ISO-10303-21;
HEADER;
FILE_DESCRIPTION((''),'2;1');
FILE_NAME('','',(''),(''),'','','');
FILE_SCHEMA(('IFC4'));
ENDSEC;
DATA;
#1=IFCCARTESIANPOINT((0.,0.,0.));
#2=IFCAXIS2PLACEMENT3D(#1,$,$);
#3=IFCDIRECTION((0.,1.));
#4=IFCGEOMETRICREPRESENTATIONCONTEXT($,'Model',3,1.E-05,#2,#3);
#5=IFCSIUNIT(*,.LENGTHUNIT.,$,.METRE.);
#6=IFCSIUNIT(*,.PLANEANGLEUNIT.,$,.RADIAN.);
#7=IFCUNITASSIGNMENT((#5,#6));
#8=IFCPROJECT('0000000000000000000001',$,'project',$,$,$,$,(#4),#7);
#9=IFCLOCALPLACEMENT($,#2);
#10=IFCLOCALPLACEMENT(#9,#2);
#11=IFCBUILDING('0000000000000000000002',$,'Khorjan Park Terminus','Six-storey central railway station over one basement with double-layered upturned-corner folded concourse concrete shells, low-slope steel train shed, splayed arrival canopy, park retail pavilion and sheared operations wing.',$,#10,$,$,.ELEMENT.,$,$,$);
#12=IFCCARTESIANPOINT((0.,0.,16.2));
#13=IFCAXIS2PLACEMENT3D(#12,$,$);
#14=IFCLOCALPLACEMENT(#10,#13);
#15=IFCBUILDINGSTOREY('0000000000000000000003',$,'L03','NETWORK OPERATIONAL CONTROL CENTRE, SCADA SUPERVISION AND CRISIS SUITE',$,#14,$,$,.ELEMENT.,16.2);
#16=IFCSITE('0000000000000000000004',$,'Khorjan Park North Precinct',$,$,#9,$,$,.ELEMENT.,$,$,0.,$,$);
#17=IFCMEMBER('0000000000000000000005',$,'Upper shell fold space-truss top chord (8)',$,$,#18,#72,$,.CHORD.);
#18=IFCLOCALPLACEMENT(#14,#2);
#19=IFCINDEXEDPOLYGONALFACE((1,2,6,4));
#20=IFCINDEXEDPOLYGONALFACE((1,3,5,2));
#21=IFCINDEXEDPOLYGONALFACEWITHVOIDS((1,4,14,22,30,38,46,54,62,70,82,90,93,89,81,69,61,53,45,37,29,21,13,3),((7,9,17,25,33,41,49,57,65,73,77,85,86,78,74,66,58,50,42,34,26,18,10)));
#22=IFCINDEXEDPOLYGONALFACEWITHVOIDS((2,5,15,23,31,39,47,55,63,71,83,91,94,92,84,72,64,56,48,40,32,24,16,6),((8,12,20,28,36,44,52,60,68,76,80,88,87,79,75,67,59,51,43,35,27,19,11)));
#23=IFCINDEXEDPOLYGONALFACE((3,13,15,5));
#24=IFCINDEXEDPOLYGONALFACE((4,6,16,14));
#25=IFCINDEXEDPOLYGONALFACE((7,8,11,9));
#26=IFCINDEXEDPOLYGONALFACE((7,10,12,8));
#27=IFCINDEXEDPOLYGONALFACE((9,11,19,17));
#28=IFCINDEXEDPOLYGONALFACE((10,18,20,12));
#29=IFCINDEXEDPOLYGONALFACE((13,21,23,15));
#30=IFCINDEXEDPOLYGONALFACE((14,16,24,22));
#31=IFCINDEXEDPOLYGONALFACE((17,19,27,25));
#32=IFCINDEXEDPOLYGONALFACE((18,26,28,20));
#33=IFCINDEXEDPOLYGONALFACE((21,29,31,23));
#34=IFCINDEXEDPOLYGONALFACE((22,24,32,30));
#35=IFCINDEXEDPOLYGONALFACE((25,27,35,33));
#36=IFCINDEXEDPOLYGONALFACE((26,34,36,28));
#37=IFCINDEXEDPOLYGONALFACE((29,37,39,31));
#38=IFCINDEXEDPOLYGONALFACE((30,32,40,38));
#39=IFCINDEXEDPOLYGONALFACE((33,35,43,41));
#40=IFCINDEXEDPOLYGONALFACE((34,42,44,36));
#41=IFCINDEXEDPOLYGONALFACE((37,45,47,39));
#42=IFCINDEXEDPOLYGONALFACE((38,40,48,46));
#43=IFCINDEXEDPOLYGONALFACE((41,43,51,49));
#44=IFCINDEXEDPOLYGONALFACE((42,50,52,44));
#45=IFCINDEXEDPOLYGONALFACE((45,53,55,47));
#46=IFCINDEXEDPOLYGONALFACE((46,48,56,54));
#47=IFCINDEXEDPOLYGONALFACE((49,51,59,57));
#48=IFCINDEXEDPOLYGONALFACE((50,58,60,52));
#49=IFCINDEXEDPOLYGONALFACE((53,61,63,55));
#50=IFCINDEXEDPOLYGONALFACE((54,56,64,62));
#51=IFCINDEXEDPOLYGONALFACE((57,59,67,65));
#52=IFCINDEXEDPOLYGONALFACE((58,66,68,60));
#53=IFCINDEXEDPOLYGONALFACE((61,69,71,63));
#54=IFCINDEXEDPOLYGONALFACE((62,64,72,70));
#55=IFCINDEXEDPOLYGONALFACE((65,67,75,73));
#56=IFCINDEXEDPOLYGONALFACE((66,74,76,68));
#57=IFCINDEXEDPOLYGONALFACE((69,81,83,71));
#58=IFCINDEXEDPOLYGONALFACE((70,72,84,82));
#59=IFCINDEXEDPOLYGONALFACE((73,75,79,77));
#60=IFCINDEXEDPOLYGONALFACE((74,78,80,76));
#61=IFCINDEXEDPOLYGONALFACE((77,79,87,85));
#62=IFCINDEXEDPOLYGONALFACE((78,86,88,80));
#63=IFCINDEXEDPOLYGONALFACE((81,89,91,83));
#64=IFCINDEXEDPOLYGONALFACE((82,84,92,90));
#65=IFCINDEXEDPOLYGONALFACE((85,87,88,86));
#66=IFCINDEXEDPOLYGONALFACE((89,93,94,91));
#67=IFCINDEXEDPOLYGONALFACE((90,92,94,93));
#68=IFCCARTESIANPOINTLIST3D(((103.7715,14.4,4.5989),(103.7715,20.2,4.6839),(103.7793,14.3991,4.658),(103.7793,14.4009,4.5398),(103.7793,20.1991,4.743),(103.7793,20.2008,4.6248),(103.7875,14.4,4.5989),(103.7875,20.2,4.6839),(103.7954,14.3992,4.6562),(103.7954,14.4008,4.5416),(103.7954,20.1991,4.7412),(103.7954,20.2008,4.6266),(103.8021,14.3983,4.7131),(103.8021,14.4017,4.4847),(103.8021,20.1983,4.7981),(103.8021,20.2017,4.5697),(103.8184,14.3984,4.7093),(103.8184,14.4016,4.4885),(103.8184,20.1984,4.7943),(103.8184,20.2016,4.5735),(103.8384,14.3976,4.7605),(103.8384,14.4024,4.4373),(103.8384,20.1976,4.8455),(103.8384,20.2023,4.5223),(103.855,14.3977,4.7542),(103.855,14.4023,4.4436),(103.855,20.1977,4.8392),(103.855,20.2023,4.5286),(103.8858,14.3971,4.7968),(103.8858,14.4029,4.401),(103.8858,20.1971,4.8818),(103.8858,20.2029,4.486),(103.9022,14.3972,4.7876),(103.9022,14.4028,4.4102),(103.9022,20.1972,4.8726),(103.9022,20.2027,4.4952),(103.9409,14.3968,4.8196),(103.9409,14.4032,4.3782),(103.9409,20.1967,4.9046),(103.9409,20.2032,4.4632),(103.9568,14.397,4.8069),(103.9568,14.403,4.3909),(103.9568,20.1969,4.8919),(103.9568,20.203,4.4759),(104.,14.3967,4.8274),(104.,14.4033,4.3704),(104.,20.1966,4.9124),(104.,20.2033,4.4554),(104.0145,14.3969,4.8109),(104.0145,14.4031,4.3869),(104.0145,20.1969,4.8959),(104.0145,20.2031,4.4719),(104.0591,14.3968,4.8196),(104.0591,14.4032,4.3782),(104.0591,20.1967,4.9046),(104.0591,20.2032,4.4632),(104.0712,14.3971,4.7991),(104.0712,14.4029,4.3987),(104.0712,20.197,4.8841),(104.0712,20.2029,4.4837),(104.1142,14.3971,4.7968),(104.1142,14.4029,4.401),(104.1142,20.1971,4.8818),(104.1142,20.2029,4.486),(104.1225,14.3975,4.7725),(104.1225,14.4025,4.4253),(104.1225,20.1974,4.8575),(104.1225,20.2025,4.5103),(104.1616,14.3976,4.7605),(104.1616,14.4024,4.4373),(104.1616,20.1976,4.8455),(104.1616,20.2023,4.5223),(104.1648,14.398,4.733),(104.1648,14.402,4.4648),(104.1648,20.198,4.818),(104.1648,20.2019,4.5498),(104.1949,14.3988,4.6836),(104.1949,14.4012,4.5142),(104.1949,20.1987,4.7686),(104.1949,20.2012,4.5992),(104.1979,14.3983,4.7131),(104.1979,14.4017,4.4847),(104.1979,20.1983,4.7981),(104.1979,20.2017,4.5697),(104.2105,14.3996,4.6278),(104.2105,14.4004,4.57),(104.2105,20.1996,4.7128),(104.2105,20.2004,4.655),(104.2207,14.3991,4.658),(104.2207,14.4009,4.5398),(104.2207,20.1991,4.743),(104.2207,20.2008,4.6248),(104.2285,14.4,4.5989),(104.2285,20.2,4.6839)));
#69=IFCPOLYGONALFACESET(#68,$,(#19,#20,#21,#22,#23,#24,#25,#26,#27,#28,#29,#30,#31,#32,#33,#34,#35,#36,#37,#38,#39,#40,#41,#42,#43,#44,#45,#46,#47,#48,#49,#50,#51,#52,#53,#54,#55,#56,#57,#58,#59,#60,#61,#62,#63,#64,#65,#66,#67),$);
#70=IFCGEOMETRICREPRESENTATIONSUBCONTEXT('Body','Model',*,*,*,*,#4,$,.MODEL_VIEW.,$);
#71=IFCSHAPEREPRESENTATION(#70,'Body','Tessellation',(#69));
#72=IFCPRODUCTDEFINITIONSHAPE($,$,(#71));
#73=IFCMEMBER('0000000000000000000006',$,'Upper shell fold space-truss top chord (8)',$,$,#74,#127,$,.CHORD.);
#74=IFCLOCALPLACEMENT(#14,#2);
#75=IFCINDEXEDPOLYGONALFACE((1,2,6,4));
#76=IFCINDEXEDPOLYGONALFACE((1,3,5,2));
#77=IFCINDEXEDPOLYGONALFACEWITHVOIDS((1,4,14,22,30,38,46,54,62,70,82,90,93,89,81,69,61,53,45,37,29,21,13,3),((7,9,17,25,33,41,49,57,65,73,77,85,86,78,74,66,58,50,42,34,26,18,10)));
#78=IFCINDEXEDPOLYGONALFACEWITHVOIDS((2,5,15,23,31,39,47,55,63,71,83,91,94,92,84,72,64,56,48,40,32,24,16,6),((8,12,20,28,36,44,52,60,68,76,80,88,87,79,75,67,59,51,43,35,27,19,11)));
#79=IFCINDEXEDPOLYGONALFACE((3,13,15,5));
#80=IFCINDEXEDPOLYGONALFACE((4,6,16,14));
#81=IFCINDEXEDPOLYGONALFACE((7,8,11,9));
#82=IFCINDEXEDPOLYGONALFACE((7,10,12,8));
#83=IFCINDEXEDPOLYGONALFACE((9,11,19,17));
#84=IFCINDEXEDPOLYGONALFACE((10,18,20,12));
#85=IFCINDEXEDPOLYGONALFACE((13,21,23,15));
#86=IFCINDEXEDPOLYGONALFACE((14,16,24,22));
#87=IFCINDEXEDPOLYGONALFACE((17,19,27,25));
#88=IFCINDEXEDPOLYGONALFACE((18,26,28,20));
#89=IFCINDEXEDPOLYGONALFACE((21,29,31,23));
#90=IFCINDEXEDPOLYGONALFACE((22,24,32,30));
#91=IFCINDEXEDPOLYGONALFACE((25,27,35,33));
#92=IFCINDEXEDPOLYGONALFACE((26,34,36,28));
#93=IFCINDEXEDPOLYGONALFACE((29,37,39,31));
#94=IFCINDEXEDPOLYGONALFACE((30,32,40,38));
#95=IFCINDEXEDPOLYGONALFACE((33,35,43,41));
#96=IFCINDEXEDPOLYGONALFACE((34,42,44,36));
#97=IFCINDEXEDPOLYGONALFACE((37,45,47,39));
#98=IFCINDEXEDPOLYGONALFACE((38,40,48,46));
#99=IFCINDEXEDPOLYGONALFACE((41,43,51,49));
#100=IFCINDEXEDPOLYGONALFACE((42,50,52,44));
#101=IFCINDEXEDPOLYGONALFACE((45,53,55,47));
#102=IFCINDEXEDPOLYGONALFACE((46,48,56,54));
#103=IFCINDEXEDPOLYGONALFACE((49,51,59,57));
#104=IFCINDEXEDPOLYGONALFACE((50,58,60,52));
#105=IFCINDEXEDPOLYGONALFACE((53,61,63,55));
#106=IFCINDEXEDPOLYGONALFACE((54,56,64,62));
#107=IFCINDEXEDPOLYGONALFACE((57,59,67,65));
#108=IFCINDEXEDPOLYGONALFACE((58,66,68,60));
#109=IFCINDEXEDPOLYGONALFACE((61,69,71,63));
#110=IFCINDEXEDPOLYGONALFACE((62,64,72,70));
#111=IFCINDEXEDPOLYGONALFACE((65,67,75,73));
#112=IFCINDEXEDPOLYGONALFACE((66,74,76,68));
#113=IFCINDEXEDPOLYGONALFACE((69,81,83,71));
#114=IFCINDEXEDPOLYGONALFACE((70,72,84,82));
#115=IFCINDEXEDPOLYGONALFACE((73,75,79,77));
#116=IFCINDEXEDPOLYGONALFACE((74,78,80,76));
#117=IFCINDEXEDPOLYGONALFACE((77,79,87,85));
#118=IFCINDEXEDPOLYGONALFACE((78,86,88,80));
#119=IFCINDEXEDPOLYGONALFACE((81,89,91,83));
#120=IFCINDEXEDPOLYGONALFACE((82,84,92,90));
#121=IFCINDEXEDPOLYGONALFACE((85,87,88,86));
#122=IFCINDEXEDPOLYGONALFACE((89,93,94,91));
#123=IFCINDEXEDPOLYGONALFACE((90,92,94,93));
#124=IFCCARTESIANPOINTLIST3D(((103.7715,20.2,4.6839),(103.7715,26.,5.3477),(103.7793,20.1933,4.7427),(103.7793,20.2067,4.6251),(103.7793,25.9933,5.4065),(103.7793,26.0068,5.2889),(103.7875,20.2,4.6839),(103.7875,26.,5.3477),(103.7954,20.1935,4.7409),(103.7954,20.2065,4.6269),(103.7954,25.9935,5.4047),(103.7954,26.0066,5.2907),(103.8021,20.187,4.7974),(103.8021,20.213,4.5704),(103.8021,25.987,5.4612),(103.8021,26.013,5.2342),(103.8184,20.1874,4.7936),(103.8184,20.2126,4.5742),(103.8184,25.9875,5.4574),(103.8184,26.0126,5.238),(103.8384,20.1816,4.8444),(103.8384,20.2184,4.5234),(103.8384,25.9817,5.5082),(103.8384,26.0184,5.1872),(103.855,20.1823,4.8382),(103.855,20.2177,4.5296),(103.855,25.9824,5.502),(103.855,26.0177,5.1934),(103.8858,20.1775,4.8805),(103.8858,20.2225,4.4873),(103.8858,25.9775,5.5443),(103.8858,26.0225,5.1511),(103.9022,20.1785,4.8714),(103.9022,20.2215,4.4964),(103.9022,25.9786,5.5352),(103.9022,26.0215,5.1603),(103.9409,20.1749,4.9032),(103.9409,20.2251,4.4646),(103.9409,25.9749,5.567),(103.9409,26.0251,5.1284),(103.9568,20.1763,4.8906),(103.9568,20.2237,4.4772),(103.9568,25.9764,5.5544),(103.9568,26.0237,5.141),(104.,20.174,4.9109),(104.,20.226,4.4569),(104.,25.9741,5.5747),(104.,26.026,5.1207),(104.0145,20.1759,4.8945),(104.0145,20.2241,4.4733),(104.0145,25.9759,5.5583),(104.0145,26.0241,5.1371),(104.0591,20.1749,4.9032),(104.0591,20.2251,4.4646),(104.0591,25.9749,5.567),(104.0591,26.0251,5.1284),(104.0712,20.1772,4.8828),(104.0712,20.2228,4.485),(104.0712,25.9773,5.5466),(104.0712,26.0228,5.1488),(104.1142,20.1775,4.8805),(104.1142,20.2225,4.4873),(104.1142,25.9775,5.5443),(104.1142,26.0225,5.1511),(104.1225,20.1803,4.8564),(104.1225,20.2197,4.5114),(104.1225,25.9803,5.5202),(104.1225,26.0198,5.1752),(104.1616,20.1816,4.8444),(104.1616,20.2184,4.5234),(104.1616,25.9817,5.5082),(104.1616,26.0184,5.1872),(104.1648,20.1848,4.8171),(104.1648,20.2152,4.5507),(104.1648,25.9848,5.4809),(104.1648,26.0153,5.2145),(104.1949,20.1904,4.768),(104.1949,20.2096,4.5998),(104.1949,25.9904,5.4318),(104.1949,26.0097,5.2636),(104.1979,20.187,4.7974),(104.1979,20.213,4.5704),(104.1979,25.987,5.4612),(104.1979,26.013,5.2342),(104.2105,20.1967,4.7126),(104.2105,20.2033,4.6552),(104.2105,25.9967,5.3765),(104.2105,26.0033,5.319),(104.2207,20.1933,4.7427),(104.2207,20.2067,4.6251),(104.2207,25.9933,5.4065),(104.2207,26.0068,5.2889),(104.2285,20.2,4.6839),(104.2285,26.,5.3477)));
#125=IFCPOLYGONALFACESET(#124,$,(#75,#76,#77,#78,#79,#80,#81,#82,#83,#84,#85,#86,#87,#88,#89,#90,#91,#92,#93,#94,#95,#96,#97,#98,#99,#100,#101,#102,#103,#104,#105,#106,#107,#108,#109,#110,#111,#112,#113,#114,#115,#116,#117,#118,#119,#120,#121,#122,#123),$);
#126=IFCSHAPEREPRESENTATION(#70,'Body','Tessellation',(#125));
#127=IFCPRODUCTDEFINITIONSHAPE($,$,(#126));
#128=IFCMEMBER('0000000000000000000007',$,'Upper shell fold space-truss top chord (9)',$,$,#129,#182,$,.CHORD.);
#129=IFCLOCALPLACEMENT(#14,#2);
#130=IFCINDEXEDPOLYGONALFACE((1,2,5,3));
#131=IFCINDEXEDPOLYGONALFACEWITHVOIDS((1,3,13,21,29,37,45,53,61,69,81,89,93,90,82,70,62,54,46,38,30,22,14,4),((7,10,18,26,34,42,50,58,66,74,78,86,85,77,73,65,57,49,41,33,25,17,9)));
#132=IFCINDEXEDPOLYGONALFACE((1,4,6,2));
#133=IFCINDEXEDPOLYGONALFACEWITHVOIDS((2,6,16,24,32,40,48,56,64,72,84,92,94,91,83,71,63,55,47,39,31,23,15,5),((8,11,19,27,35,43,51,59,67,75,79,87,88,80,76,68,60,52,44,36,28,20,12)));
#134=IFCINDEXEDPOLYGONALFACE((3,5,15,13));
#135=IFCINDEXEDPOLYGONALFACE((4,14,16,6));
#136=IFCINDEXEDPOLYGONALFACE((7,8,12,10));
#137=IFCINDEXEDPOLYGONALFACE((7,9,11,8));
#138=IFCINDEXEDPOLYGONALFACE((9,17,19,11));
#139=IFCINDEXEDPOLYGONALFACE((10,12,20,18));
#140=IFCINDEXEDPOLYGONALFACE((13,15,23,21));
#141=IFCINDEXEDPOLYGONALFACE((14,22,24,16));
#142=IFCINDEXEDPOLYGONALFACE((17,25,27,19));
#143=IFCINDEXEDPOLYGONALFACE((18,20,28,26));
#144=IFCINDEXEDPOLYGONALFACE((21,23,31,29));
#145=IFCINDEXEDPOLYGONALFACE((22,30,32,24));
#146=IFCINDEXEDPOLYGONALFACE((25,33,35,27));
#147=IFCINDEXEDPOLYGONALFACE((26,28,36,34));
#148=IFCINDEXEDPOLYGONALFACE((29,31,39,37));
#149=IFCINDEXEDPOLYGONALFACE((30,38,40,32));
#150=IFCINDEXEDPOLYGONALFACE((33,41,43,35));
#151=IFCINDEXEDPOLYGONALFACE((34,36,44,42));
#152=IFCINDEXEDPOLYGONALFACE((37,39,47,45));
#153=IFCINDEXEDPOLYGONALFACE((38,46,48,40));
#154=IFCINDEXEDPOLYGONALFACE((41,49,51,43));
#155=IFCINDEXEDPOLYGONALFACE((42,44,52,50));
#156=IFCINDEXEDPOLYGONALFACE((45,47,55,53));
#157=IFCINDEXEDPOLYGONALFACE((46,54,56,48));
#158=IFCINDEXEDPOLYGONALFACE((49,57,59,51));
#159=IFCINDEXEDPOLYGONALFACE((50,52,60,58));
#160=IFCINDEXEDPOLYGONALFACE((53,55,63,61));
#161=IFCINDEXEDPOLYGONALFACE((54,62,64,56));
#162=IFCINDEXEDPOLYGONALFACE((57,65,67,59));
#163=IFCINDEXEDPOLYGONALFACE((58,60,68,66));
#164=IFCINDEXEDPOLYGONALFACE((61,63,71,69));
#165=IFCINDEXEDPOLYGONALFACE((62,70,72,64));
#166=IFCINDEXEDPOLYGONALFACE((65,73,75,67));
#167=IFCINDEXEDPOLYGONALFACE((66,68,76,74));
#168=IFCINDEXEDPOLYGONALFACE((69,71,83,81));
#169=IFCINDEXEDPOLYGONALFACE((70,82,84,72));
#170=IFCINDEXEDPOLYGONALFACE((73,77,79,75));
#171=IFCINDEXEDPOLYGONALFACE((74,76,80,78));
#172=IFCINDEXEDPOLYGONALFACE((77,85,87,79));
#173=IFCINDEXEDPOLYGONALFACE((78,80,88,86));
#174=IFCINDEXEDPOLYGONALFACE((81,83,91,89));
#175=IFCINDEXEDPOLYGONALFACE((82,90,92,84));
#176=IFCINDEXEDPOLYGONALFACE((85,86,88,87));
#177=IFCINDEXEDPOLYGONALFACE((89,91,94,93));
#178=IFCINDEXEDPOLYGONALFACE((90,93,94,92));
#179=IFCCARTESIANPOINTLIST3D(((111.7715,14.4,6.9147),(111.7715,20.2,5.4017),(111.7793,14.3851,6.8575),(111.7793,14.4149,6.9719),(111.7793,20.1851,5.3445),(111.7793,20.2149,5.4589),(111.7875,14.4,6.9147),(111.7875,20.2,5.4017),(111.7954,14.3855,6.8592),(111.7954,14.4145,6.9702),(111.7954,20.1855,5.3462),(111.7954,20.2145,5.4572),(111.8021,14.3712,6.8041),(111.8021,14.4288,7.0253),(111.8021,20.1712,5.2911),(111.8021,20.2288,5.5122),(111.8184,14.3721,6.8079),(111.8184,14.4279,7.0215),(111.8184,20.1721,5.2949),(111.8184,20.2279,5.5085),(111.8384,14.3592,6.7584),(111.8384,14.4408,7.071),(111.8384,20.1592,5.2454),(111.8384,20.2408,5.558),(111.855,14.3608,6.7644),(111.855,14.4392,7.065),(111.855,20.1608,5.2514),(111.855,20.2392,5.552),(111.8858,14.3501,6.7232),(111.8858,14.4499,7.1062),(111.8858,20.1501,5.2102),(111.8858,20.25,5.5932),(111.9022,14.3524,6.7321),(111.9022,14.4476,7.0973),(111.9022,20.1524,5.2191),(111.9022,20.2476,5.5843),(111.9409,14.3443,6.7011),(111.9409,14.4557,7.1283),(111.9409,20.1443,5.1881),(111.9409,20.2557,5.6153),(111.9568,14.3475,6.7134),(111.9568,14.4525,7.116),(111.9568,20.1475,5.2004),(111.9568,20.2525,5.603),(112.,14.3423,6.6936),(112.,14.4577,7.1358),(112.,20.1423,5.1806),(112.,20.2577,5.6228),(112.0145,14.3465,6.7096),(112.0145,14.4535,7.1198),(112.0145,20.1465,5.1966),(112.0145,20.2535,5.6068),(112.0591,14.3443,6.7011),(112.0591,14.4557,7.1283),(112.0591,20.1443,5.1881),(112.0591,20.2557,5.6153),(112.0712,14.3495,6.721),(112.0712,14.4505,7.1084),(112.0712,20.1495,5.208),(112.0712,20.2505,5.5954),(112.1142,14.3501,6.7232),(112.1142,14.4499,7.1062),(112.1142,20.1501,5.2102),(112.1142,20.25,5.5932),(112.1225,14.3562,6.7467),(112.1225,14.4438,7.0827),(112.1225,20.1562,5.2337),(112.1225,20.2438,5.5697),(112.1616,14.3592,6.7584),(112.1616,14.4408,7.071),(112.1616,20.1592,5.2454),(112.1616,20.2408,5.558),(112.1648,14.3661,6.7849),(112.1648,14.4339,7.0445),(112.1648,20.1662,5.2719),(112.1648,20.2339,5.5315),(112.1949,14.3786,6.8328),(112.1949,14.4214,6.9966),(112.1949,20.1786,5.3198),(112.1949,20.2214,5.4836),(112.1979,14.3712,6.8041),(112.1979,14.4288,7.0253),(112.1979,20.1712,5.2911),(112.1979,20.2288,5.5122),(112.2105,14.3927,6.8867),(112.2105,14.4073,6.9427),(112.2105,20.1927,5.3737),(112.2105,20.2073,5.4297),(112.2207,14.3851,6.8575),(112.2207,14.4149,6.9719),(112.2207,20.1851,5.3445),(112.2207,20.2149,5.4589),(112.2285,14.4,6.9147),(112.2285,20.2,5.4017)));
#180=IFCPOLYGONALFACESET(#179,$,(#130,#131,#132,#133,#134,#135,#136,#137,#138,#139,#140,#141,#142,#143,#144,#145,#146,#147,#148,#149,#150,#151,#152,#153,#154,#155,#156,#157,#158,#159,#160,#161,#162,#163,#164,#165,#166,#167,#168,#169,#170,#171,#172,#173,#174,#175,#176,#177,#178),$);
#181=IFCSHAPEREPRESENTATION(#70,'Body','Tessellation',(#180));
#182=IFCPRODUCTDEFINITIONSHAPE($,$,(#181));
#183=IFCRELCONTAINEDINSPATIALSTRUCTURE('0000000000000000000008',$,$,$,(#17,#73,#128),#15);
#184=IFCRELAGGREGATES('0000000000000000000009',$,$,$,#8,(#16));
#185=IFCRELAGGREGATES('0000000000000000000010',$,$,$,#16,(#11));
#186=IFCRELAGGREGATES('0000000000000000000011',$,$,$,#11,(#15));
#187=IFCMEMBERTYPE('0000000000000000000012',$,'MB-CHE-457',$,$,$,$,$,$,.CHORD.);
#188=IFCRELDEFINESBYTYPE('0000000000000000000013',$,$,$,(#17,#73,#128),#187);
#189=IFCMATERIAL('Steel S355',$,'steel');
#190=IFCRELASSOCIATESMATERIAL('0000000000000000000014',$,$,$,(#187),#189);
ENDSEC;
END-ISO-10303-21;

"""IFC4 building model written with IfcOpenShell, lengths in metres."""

from ifc_helpers import new_model, si_unit, direction, frame, origin, origin_2d, place, context, subcontext, project, spatial, hollow_circle, extrude, material, material_profile, profile_set, type_object, element, save


model = new_model("IFC4")

# Units and contexts
model_context = context("Model", 3, precision=1e-05, world=origin(), true_north=direction((0.0, 1.0)))
body_context = subcontext(model_context, "Body", "Model", "MODEL_VIEW")
ifc_project = project(units=[si_unit("LENGTHUNIT", "METRE"), si_unit("PLANEANGLEUNIT", "RADIAN")], contexts=[model_context])

# Site, building, storey
site_placement = place(None, origin())
site = spatial("IfcSite", under=ifc_project, at=site_placement, Name="Khorjan Park North Precinct", CompositionType="ELEMENT", RefElevation=0.0)
building_placement = place(site_placement, origin())
building = spatial("IfcBuilding", under=site, at=building_placement, Name="Khorjan Park Terminus", Description="Six-storey central railway station over one basement with double-layered upturned-corner folded concourse concrete shells, low-slope steel train shed, splayed arrival canopy, park retail pavilion and sheared operations wing.", CompositionType="ELEMENT")
storey_placement = place(building_placement, frame((0.0, 0.0, 16.2)))
storey = spatial("IfcBuildingStorey", under=building, at=storey_placement, Name="L03", Description="NETWORK OPERATIONAL CONTROL CENTRE, SCADA SUPERVISION AND CRISIS SUITE", CompositionType="ELEMENT", Elevation=16.2)

# Members
ifc_material = material(Name="Steel S355", Category="steel")
ifc_material_profile_1 = material_profile(ifc_material, hollow_circle(Radius=0.2285, WallThickness=0.016, at=origin_2d()), Name="CHS 457x16")
ifc_profile_set_1 = profile_set([ifc_material_profile_1], Name="Steel S355")
member_type_1 = type_object("IfcMemberType", Name="MB-CHE-457", PredefinedType="CHORD", material=ifc_profile_set_1)
member_1_placement = place(storey_placement, frame((104.0, 14.4, 4.5989), z_axis=(0.0, 0.999893, 0.014654), x_axis=(-1.0, 0.0, 0.0)))
element("IfcMember", 1, at=member_1_placement, inside=storey, type_object=member_type_1, Name="Upper shell fold space-truss top chord (8)", PredefinedType="CHORD", context=body_context, shape_type="SweptSolid", body=[
    extrude(hollow_circle(Radius=0.2285, WallThickness=0.016, at=origin_2d()), origin(), (0.0, 0.0, 1.0), 5.8006),
])
member_2_placement = place(storey_placement, frame((104.0, 20.2, 4.6839), z_axis=(0.0, 0.993514, 0.113706), x_axis=(-1.0, 0.0, 0.0)))
element("IfcMember", 2, at=member_2_placement, inside=storey, type_object=member_type_1, Name="Upper shell fold space-truss top chord (8)", PredefinedType="CHORD", context=body_context, shape_type="SweptSolid", body=[
    extrude(hollow_circle(Radius=0.2285, WallThickness=0.016, at=origin_2d()), origin(), (0.0, 0.0, 1.0), 5.8379),
])
member_3_placement = place(storey_placement, frame((112.0, 14.4, 6.9147), z_axis=(0.0, 0.967619, -0.252415), x_axis=(-1.0, 0.0, 0.0)))
element("IfcMember", 3, at=member_3_placement, inside=storey, type_object=member_type_1, Name="Upper shell fold space-truss top chord (9)", PredefinedType="CHORD", context=body_context, shape_type="SweptSolid", body=[
    extrude(hollow_circle(Radius=0.2285, WallThickness=0.016, at=origin_2d()), origin(), (0.0, 0.0, 1.0), 5.9941),
])

save(model, "model.ifc")
